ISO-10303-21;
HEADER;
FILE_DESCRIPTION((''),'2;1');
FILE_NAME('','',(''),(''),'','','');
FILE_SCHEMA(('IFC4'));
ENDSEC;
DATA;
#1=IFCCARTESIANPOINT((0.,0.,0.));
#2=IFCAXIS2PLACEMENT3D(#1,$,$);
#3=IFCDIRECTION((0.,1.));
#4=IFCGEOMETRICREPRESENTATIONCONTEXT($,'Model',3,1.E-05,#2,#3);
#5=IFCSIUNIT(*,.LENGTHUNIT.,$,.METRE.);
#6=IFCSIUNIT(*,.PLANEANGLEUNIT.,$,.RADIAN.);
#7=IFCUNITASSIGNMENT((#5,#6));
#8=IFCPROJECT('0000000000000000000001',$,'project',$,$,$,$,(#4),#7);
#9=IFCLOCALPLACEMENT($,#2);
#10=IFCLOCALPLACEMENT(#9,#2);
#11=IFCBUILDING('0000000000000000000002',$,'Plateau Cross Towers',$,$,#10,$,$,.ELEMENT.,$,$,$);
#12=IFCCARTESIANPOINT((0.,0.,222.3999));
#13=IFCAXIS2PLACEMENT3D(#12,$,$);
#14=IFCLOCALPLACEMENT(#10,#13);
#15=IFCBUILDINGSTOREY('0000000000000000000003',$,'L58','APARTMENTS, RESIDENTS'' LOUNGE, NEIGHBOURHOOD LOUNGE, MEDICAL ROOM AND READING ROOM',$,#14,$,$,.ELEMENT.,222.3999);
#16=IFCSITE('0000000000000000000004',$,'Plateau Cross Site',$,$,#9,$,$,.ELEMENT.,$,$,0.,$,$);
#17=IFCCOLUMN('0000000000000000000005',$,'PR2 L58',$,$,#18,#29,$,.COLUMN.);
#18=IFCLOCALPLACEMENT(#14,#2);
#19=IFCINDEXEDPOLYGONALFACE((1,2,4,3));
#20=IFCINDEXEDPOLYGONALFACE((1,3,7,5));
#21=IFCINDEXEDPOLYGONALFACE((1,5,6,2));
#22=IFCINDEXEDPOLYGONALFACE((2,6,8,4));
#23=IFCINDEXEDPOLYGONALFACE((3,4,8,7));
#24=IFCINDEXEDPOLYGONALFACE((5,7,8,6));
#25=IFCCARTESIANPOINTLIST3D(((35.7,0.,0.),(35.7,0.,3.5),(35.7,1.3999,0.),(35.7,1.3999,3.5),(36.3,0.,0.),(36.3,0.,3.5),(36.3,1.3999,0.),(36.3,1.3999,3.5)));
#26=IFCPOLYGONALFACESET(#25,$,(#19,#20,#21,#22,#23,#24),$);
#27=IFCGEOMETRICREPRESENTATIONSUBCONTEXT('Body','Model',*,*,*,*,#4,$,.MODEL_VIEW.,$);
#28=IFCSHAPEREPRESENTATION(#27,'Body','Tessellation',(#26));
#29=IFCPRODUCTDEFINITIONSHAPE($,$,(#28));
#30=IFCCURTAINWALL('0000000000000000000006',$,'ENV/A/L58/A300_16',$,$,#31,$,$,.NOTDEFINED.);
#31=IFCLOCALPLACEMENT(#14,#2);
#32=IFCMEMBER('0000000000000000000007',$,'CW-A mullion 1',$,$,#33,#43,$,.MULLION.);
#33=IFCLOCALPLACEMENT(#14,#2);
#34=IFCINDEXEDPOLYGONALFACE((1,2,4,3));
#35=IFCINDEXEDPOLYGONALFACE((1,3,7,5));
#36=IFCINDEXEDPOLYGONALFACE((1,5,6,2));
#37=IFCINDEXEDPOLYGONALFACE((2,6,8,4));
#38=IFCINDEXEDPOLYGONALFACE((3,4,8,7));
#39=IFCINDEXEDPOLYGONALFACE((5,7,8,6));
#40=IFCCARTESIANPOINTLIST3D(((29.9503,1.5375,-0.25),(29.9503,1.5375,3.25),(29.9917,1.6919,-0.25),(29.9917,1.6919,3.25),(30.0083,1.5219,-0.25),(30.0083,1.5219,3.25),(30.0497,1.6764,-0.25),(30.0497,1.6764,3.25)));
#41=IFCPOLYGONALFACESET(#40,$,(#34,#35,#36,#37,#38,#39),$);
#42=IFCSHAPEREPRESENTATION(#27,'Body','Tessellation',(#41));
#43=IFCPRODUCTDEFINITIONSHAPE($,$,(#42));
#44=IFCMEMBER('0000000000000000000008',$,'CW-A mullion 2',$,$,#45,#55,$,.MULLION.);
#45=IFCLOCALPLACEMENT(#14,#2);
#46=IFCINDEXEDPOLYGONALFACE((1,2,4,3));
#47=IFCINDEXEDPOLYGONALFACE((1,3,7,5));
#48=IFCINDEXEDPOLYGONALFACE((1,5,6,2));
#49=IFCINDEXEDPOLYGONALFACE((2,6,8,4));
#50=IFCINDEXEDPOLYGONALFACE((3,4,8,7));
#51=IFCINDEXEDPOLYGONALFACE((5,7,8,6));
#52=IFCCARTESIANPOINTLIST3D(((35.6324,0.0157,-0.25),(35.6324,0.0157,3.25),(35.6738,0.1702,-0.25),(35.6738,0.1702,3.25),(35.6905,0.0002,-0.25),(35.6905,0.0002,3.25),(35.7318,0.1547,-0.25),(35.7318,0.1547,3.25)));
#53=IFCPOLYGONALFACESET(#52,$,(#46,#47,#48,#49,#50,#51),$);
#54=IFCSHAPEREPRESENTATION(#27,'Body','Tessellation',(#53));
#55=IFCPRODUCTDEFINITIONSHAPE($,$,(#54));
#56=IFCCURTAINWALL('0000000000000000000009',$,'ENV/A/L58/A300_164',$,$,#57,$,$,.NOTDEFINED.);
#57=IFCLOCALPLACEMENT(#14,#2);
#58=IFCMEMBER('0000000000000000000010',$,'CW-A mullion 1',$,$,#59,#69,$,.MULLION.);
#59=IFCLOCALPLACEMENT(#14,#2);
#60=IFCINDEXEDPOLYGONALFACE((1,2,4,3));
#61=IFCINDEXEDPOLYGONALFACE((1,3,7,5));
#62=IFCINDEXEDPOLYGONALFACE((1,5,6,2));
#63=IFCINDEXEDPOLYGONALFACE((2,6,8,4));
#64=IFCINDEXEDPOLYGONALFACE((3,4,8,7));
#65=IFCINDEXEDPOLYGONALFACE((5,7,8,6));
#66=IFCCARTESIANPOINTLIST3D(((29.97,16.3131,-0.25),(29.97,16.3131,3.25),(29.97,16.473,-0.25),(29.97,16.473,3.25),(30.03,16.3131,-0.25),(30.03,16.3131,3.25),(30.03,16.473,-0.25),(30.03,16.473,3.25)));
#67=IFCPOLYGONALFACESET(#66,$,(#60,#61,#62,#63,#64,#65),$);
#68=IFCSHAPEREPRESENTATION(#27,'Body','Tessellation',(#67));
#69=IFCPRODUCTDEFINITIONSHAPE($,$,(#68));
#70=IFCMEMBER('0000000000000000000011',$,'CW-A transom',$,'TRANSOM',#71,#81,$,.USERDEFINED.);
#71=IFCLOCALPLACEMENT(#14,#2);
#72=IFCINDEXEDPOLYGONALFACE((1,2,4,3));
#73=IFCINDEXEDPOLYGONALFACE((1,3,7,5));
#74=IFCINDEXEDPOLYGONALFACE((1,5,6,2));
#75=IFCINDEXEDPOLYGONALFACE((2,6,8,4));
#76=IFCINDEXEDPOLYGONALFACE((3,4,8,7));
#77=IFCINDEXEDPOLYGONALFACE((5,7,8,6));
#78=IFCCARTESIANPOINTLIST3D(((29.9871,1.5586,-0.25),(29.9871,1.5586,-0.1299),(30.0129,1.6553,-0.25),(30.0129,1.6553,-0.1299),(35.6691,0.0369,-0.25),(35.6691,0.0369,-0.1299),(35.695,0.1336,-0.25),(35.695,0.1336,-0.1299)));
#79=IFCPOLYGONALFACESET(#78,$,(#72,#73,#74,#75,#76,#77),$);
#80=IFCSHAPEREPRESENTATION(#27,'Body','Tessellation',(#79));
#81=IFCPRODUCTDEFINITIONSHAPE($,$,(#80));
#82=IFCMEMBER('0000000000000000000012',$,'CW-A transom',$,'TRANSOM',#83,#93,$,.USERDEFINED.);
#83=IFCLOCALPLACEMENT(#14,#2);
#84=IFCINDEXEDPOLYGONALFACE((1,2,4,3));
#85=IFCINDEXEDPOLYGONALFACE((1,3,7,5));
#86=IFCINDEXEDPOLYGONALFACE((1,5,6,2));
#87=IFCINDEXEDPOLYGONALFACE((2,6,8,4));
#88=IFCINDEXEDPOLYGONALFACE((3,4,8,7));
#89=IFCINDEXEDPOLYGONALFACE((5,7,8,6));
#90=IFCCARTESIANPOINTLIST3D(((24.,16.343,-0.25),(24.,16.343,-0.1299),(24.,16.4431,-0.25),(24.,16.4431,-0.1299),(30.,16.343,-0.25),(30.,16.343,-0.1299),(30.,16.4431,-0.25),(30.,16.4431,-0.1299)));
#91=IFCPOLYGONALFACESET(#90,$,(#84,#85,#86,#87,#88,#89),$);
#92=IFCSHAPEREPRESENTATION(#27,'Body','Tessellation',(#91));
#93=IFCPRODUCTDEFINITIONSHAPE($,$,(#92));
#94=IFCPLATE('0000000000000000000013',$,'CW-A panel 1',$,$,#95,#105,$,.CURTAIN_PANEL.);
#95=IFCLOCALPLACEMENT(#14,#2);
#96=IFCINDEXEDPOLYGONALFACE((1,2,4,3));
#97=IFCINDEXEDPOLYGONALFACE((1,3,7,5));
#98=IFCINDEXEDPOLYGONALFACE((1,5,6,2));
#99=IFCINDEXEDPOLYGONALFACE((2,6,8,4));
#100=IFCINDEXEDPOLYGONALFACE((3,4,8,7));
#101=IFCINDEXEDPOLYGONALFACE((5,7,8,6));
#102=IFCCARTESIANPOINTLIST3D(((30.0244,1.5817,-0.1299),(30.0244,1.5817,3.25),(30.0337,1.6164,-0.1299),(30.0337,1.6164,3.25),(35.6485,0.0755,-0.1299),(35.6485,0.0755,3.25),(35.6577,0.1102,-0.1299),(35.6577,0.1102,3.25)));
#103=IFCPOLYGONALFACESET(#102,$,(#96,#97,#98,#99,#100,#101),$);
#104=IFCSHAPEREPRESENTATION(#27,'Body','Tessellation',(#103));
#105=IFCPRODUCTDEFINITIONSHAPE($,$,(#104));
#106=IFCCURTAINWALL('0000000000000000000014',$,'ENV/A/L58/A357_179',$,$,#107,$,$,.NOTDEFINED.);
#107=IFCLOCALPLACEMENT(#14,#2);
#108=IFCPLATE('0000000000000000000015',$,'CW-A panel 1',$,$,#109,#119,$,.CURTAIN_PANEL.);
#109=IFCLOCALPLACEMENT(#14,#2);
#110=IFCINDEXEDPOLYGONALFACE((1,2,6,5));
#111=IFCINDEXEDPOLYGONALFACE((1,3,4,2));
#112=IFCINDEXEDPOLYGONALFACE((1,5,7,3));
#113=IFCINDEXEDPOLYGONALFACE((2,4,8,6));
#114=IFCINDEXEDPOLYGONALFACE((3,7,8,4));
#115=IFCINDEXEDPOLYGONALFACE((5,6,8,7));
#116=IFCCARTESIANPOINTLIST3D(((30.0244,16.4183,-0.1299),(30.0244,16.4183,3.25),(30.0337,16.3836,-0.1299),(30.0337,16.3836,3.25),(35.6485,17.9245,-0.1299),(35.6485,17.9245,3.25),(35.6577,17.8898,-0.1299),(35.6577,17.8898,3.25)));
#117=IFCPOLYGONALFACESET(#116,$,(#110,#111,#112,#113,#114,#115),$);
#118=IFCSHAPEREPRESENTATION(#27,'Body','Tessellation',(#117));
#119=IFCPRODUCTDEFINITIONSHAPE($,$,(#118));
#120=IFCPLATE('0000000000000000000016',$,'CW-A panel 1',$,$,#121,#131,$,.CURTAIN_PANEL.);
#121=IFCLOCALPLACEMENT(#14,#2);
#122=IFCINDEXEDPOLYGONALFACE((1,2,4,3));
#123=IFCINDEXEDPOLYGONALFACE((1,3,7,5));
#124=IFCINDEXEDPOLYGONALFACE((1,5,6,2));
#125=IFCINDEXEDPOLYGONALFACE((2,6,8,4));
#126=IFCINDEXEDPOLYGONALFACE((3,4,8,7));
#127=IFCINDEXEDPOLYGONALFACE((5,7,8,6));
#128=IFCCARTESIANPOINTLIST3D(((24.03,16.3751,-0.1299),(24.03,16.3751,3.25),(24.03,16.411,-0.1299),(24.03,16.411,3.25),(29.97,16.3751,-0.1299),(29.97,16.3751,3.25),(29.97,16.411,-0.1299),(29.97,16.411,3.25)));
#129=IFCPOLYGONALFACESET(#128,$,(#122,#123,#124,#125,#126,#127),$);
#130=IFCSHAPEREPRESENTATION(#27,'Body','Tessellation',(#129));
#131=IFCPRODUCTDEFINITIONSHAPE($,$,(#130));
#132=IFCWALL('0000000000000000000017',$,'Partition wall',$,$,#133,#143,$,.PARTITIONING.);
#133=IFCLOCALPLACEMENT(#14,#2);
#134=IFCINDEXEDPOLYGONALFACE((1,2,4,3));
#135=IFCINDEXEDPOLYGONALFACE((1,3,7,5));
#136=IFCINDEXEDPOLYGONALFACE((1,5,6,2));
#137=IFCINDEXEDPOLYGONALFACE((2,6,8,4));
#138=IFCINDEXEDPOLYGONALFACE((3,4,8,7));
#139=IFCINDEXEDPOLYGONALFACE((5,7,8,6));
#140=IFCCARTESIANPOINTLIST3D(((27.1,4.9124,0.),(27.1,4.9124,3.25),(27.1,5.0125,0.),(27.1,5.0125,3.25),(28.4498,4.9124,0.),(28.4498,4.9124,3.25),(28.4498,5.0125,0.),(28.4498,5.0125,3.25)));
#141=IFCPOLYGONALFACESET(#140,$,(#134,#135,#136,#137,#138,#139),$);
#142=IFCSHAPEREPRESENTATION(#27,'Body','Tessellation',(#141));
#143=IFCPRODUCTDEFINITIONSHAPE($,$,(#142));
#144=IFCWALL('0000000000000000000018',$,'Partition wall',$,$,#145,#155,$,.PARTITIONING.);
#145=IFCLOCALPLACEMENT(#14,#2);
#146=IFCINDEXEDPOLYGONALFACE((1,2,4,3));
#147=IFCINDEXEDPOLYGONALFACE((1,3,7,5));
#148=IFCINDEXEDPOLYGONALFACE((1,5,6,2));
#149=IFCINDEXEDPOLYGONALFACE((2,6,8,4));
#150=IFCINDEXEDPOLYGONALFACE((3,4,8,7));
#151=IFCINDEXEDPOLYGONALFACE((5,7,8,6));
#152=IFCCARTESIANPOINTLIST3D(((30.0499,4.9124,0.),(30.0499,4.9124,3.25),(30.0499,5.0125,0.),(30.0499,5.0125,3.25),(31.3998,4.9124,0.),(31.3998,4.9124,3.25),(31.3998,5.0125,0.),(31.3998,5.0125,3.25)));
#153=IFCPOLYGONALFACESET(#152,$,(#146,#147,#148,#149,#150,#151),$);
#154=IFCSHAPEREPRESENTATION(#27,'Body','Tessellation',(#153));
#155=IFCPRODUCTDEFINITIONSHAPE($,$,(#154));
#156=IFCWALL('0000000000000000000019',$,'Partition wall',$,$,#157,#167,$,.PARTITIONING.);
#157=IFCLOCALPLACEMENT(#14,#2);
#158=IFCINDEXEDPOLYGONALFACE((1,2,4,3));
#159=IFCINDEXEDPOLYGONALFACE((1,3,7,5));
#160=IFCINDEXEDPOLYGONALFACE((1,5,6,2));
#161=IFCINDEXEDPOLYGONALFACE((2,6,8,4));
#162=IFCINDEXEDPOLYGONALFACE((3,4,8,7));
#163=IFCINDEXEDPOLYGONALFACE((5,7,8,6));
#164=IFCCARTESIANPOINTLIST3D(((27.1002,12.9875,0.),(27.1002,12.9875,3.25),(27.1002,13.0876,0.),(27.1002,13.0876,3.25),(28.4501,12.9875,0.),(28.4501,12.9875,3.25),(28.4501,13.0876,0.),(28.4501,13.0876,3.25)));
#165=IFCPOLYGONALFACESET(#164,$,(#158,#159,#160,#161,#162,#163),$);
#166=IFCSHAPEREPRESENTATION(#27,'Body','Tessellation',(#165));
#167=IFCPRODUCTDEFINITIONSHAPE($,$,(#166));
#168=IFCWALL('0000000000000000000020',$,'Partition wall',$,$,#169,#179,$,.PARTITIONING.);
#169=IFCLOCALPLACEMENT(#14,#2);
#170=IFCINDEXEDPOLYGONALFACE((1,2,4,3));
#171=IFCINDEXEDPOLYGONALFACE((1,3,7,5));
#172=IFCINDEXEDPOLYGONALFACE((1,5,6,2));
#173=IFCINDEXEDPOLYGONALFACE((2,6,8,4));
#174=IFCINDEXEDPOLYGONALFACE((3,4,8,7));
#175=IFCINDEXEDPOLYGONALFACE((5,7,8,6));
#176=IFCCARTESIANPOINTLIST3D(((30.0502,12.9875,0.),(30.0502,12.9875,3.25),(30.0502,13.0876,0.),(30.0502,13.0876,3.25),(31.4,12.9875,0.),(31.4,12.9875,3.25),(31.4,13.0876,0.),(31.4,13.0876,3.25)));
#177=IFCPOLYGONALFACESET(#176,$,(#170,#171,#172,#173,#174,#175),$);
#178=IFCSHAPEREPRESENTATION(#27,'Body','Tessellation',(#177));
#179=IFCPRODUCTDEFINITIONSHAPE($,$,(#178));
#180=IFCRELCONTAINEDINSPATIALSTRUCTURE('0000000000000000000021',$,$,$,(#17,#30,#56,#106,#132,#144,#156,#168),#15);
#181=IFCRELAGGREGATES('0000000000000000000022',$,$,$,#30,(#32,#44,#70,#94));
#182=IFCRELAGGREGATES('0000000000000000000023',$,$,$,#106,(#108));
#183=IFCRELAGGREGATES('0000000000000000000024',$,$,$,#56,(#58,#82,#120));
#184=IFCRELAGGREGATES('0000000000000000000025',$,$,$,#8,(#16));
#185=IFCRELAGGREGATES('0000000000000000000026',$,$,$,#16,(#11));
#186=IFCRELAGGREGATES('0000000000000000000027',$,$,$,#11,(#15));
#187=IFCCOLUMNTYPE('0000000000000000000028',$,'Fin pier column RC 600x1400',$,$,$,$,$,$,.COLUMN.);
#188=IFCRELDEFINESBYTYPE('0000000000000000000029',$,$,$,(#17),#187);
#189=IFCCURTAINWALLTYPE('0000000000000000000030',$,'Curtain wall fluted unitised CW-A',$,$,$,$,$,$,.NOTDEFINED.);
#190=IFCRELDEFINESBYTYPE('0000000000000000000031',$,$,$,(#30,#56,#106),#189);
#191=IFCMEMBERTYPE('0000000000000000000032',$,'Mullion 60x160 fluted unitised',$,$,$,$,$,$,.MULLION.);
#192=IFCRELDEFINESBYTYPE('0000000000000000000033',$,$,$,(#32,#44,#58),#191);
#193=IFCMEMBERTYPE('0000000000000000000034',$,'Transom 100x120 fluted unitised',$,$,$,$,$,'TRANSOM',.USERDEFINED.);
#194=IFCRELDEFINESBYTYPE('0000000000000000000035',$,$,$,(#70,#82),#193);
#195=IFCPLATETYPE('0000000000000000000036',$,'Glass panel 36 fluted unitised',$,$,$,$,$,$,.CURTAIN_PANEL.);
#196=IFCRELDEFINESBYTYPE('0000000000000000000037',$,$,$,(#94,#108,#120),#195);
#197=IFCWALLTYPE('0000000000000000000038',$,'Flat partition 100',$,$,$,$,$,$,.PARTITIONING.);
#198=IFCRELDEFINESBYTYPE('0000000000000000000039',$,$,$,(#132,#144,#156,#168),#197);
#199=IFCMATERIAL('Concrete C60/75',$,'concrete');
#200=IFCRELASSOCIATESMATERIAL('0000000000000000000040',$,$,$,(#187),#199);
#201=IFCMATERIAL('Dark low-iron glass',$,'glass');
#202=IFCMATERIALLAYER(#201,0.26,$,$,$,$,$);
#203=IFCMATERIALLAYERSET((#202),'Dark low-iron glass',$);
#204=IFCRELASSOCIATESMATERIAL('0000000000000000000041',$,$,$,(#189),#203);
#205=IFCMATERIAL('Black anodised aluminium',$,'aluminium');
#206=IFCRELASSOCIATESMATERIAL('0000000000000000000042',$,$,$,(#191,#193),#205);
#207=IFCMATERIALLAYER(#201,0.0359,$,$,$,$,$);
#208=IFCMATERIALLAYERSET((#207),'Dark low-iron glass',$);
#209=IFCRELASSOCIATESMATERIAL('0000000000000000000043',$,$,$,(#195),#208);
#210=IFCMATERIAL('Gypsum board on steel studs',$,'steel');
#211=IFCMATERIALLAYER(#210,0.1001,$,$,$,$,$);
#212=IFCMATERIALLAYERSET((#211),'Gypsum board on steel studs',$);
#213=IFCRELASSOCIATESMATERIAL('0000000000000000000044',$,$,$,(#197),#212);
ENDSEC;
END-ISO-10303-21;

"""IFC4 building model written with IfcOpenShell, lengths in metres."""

from ifc_helpers import new_model, si_unit, direction, frame, frame_2d, origin, origin_2d, place, context, subcontext, project, spatial, rectangle, extrude, material, layer, layer_set, material_profile, profile_set, type_object, element, aggregate, save


model = new_model("IFC4")

# Units and contexts
model_context = context("Model", 3, precision=1e-05, world=origin(), true_north=direction((0.0, 1.0)))
body_context = subcontext(model_context, "Body", "Model", "MODEL_VIEW")
ifc_project = project(units=[si_unit("LENGTHUNIT", "METRE"), si_unit("PLANEANGLEUNIT", "RADIAN")], contexts=[model_context])

# Site, building, storey
site_placement = place(None, origin())
site = spatial("IfcSite", under=ifc_project, at=site_placement, Name="Plateau Cross Site", CompositionType="ELEMENT", RefElevation=0.0)
building_placement = place(site_placement, origin())
building = spatial("IfcBuilding", under=site, at=building_placement, Name="Plateau Cross Towers", CompositionType="ELEMENT")
storey_placement = place(building_placement, frame((0.0, 0.0, 222.3999)))
storey = spatial("IfcBuildingStorey", under=building, at=storey_placement, Name="L58", Description="APARTMENTS, RESIDENTS' LOUNGE, NEIGHBOURHOOD LOUNGE, MEDICAL ROOM AND READING ROOM", CompositionType="ELEMENT", Elevation=222.3999)

# Column
ifc_material_1 = material(Name="Concrete C60/75", Category="concrete")
ifc_material_profile_1 = material_profile(ifc_material_1, rectangle(XDim=0.6001, YDim=1.3999, at=origin_2d()), Name="RC 600x1400")
ifc_profile_set_1 = profile_set([ifc_material_profile_1], Name="Concrete C60/75")
column_type = type_object("IfcColumnType", Name="Fin pier column RC 600x1400", PredefinedType="COLUMN", material=ifc_profile_set_1)
column_placement = place(storey_placement, frame((36.0, 0.7, 0.0), z_axis=(0.0, 0.0, 1.0), x_axis=(1.0, 0.0, 0.0)))
element("IfcColumn", 1, at=column_placement, inside=storey, type_object=column_type, Name="PR2 L58", PredefinedType="COLUMN", context=body_context, shape_type="SweptSolid", body=[
    extrude(rectangle(XDim=0.6001, YDim=1.3999, at=origin_2d()), origin(), (0.0, 0.0, 1.0), 3.5),
])

# Curtain wall, members
ifc_material_2 = material(Name="Dark low-iron glass", Category="glass")
ifc_layer_1 = layer(ifc_material_2, 0.26)
ifc_layer_set_1 = layer_set([ifc_layer_1], Name="Dark low-iron glass")
curtain_wall_type = type_object("IfcCurtainWallType", Name="Curtain wall fluted unitised CW-A", PredefinedType="NOTDEFINED", material=ifc_layer_set_1)
curtain_wall_1_placement = place(storey_placement, origin())
curtain_wall_1 = element("IfcCurtainWall", 2, at=curtain_wall_1_placement, inside=storey, type_object=curtain_wall_type, Name="ENV/A/L58/A300_16", PredefinedType="NOTDEFINED")
ifc_material_3 = material(Name="Black anodised aluminium", Category="aluminium")
ifc_material_profile_2 = material_profile(ifc_material_3, rectangle(XDim=0.0601, YDim=0.1599, at=origin_2d()), Name="MULLION 60x160")
ifc_profile_set_2 = profile_set([ifc_material_profile_2], Name="Black anodised aluminium")
member_type_1 = type_object("IfcMemberType", Name="Mullion 60x160 fluted unitised", PredefinedType="MULLION", material=ifc_profile_set_2)
member_1_placement = place(storey_placement, frame((30.0, 1.6069, -0.25), z_axis=(0.0, 0.0, 1.0), x_axis=(0.965958, -0.258699, 0.0)))
member_1 = element("IfcMember", 3, at=member_1_placement, type_object=member_type_1, Name="CW-A mullion 1", PredefinedType="MULLION", context=body_context, shape_type="SweptSolid", body=[
    extrude(rectangle(XDim=0.0601, YDim=0.1599, at=origin_2d()), origin(), (0.0, 0.0, 1.0), 3.5),
])
member_2_placement = place(storey_placement, frame((35.6821, 0.0852, -0.25), z_axis=(0.0, 0.0, 1.0), x_axis=(0.965958, -0.258699, 0.0)))
member_2 = element("IfcMember", 4, at=member_2_placement, type_object=member_type_1, Name="CW-A mullion 2", PredefinedType="MULLION", context=body_context, shape_type="SweptSolid", body=[
    extrude(rectangle(XDim=0.0601, YDim=0.1599, at=origin_2d()), origin(), (0.0, 0.0, 1.0), 3.5),
])

# Curtain wall, member
curtain_wall_2_placement = place(storey_placement, origin())
curtain_wall_2 = element("IfcCurtainWall", 5, at=curtain_wall_2_placement, inside=storey, type_object=curtain_wall_type, Name="ENV/A/L58/A300_164", PredefinedType="NOTDEFINED")
member_3_placement = place(storey_placement, frame((30.0, 16.3931, -0.25), z_axis=(0.0, 0.0, 1.0), x_axis=(-1.0, 0.0, 0.0)))
member_3 = element("IfcMember", 6, at=member_3_placement, type_object=member_type_1, Name="CW-A mullion 1", PredefinedType="MULLION", context=body_context, shape_type="SweptSolid", body=[
    extrude(rectangle(XDim=0.0601, YDim=0.1599, at=origin_2d()), origin(), (0.0, 0.0, 1.0), 3.5),
])

# Members
ifc_material_profile_3 = material_profile(ifc_material_3, rectangle(XDim=0.1001, YDim=0.1201, at=origin_2d()), Name="TRANSOM 100x120")
ifc_profile_set_3 = profile_set([ifc_material_profile_3], Name="Black anodised aluminium")
member_type_2 = type_object("IfcMemberType", Name="Transom 100x120 fluted unitised", ElementType="TRANSOM", PredefinedType="USERDEFINED", material=ifc_profile_set_3)
member_4_placement = place(storey_placement, frame((30.0, 1.6069, -0.1899), z_axis=(0.96596, -0.258693, 0.0), x_axis=(0.258693, 0.96596, 0.0)))
member_4 = element("IfcMember", 7, at=member_4_placement, type_object=member_type_2, Name="CW-A transom", ObjectType="TRANSOM", PredefinedType="USERDEFINED", context=body_context, shape_type="SweptSolid", body=[
    extrude(rectangle(XDim=0.1001, YDim=0.1201, at=origin_2d()), origin(), (0.0, 0.0, 1.0), 5.8823),
])
member_5_placement = place(storey_placement, frame((30.0, 16.3931, -0.1899), z_axis=(-1.0, 0.0, 0.0), x_axis=(0.0, -1.0, 0.0)))
member_5 = element("IfcMember", 8, at=member_5_placement, type_object=member_type_2, Name="CW-A transom", ObjectType="TRANSOM", PredefinedType="USERDEFINED", context=body_context, shape_type="SweptSolid", body=[
    extrude(rectangle(XDim=0.1001, YDim=0.1201, at=origin_2d()), origin(), (0.0, 0.0, 1.0), 6.0),
])

# Plate
ifc_layer_2 = layer(ifc_material_2, 0.0359)
ifc_layer_set_2 = layer_set([ifc_layer_2], Name="Dark low-iron glass")
plate_type = type_object("IfcPlateType", Name="Glass panel 36 fluted unitised", PredefinedType="CURTAIN_PANEL", material=ifc_layer_set_2)
plate_1_placement = place(storey_placement, frame((32.8411, 0.8459, -0.1299), z_axis=(0.0, 0.0, 1.0), x_axis=(0.965958, -0.258699, 0.0)))
plate_1 = element("IfcPlate", 9, at=plate_1_placement, type_object=plate_type, Name="CW-A panel 1", PredefinedType="CURTAIN_PANEL", context=body_context, shape_type="SweptSolid", body=[
    extrude(rectangle(XDim=5.8223, YDim=0.0359, at=origin_2d()), origin(), (0.0, 0.0, 1.0), 3.3799),
])
aggregate(curtain_wall_1, [member_1, member_2, member_4, plate_1])

# Curtain wall, plate
curtain_wall_3_placement = place(storey_placement, origin())
curtain_wall_3 = element("IfcCurtainWall", 10, at=curtain_wall_3_placement, inside=storey, type_object=curtain_wall_type, Name="ENV/A/L58/A357_179", PredefinedType="NOTDEFINED")
plate_2_placement = place(storey_placement, frame((32.8411, 17.1541, -0.1299), z_axis=(0.0, 0.0, 1.0), x_axis=(-0.965958, -0.258699, 0.0)))
plate_2 = element("IfcPlate", 11, at=plate_2_placement, type_object=plate_type, Name="CW-A panel 1", PredefinedType="CURTAIN_PANEL", context=body_context, shape_type="SweptSolid", body=[
    extrude(rectangle(XDim=5.8223, YDim=0.0359, at=origin_2d()), origin(), (0.0, 0.0, 1.0), 3.3799),
])
aggregate(curtain_wall_3, [plate_2])

# Plate
plate_3_placement = place(storey_placement, frame((27.0, 16.3931, -0.1299), z_axis=(0.0, 0.0, 1.0), x_axis=(-1.0, 0.0, 0.0)))
plate_3 = element("IfcPlate", 12, at=plate_3_placement, type_object=plate_type, Name="CW-A panel 1", PredefinedType="CURTAIN_PANEL", context=body_context, shape_type="SweptSolid", body=[
    extrude(rectangle(XDim=5.9399, YDim=0.0359, at=origin_2d()), origin(), (0.0, 0.0, 1.0), 3.3799),
])
aggregate(curtain_wall_2, [member_3, member_5, plate_3])

# Walls
ifc_material_4 = material(Name="Gypsum board on steel studs", Category="steel")
ifc_layer_3 = layer(ifc_material_4, 0.1001)
ifc_layer_set_3 = layer_set([ifc_layer_3], Name="Gypsum board on steel studs")
wall_type_1 = type_object("IfcWallType", Name="Flat partition 100", PredefinedType="PARTITIONING", material=ifc_layer_set_3)
for number, where, z_axis, x_axis, name in (
    (13, (27.1001, 4.9624, 0.0), (0.0, 0.0, 1.0), (1.0, 0.0, 0.0), "Partition wall"),
    (14, (30.05, 4.9624, 0.0), (0.0, 0.0, 1.0), (1.0, 0.0, 0.0), "Partition wall"),
    (15, (28.45, 13.0376, 0.0), (0.0, 0.0, 1.0), (-1.0, 0.0, 0.0), "Partition wall"),
    (16, (31.3999, 13.0376, 0.0), (0.0, 0.0, 1.0), (-1.0, 0.0, 0.0), "Partition wall"),
):
    element("IfcWall", number, at=place(storey_placement, frame(where, z_axis=z_axis, x_axis=x_axis)), inside=storey, type_object=wall_type_1, Name=name, PredefinedType="PARTITIONING", context=body_context, shape_type="SweptSolid", body=[
        extrude(rectangle(XDim=1.3499, YDim=0.1001, at=frame_2d((0.6748, 0.0))), origin(), (0.0, 0.0, 1.0), 3.25),
    ])

save(model, "model.ifc")
